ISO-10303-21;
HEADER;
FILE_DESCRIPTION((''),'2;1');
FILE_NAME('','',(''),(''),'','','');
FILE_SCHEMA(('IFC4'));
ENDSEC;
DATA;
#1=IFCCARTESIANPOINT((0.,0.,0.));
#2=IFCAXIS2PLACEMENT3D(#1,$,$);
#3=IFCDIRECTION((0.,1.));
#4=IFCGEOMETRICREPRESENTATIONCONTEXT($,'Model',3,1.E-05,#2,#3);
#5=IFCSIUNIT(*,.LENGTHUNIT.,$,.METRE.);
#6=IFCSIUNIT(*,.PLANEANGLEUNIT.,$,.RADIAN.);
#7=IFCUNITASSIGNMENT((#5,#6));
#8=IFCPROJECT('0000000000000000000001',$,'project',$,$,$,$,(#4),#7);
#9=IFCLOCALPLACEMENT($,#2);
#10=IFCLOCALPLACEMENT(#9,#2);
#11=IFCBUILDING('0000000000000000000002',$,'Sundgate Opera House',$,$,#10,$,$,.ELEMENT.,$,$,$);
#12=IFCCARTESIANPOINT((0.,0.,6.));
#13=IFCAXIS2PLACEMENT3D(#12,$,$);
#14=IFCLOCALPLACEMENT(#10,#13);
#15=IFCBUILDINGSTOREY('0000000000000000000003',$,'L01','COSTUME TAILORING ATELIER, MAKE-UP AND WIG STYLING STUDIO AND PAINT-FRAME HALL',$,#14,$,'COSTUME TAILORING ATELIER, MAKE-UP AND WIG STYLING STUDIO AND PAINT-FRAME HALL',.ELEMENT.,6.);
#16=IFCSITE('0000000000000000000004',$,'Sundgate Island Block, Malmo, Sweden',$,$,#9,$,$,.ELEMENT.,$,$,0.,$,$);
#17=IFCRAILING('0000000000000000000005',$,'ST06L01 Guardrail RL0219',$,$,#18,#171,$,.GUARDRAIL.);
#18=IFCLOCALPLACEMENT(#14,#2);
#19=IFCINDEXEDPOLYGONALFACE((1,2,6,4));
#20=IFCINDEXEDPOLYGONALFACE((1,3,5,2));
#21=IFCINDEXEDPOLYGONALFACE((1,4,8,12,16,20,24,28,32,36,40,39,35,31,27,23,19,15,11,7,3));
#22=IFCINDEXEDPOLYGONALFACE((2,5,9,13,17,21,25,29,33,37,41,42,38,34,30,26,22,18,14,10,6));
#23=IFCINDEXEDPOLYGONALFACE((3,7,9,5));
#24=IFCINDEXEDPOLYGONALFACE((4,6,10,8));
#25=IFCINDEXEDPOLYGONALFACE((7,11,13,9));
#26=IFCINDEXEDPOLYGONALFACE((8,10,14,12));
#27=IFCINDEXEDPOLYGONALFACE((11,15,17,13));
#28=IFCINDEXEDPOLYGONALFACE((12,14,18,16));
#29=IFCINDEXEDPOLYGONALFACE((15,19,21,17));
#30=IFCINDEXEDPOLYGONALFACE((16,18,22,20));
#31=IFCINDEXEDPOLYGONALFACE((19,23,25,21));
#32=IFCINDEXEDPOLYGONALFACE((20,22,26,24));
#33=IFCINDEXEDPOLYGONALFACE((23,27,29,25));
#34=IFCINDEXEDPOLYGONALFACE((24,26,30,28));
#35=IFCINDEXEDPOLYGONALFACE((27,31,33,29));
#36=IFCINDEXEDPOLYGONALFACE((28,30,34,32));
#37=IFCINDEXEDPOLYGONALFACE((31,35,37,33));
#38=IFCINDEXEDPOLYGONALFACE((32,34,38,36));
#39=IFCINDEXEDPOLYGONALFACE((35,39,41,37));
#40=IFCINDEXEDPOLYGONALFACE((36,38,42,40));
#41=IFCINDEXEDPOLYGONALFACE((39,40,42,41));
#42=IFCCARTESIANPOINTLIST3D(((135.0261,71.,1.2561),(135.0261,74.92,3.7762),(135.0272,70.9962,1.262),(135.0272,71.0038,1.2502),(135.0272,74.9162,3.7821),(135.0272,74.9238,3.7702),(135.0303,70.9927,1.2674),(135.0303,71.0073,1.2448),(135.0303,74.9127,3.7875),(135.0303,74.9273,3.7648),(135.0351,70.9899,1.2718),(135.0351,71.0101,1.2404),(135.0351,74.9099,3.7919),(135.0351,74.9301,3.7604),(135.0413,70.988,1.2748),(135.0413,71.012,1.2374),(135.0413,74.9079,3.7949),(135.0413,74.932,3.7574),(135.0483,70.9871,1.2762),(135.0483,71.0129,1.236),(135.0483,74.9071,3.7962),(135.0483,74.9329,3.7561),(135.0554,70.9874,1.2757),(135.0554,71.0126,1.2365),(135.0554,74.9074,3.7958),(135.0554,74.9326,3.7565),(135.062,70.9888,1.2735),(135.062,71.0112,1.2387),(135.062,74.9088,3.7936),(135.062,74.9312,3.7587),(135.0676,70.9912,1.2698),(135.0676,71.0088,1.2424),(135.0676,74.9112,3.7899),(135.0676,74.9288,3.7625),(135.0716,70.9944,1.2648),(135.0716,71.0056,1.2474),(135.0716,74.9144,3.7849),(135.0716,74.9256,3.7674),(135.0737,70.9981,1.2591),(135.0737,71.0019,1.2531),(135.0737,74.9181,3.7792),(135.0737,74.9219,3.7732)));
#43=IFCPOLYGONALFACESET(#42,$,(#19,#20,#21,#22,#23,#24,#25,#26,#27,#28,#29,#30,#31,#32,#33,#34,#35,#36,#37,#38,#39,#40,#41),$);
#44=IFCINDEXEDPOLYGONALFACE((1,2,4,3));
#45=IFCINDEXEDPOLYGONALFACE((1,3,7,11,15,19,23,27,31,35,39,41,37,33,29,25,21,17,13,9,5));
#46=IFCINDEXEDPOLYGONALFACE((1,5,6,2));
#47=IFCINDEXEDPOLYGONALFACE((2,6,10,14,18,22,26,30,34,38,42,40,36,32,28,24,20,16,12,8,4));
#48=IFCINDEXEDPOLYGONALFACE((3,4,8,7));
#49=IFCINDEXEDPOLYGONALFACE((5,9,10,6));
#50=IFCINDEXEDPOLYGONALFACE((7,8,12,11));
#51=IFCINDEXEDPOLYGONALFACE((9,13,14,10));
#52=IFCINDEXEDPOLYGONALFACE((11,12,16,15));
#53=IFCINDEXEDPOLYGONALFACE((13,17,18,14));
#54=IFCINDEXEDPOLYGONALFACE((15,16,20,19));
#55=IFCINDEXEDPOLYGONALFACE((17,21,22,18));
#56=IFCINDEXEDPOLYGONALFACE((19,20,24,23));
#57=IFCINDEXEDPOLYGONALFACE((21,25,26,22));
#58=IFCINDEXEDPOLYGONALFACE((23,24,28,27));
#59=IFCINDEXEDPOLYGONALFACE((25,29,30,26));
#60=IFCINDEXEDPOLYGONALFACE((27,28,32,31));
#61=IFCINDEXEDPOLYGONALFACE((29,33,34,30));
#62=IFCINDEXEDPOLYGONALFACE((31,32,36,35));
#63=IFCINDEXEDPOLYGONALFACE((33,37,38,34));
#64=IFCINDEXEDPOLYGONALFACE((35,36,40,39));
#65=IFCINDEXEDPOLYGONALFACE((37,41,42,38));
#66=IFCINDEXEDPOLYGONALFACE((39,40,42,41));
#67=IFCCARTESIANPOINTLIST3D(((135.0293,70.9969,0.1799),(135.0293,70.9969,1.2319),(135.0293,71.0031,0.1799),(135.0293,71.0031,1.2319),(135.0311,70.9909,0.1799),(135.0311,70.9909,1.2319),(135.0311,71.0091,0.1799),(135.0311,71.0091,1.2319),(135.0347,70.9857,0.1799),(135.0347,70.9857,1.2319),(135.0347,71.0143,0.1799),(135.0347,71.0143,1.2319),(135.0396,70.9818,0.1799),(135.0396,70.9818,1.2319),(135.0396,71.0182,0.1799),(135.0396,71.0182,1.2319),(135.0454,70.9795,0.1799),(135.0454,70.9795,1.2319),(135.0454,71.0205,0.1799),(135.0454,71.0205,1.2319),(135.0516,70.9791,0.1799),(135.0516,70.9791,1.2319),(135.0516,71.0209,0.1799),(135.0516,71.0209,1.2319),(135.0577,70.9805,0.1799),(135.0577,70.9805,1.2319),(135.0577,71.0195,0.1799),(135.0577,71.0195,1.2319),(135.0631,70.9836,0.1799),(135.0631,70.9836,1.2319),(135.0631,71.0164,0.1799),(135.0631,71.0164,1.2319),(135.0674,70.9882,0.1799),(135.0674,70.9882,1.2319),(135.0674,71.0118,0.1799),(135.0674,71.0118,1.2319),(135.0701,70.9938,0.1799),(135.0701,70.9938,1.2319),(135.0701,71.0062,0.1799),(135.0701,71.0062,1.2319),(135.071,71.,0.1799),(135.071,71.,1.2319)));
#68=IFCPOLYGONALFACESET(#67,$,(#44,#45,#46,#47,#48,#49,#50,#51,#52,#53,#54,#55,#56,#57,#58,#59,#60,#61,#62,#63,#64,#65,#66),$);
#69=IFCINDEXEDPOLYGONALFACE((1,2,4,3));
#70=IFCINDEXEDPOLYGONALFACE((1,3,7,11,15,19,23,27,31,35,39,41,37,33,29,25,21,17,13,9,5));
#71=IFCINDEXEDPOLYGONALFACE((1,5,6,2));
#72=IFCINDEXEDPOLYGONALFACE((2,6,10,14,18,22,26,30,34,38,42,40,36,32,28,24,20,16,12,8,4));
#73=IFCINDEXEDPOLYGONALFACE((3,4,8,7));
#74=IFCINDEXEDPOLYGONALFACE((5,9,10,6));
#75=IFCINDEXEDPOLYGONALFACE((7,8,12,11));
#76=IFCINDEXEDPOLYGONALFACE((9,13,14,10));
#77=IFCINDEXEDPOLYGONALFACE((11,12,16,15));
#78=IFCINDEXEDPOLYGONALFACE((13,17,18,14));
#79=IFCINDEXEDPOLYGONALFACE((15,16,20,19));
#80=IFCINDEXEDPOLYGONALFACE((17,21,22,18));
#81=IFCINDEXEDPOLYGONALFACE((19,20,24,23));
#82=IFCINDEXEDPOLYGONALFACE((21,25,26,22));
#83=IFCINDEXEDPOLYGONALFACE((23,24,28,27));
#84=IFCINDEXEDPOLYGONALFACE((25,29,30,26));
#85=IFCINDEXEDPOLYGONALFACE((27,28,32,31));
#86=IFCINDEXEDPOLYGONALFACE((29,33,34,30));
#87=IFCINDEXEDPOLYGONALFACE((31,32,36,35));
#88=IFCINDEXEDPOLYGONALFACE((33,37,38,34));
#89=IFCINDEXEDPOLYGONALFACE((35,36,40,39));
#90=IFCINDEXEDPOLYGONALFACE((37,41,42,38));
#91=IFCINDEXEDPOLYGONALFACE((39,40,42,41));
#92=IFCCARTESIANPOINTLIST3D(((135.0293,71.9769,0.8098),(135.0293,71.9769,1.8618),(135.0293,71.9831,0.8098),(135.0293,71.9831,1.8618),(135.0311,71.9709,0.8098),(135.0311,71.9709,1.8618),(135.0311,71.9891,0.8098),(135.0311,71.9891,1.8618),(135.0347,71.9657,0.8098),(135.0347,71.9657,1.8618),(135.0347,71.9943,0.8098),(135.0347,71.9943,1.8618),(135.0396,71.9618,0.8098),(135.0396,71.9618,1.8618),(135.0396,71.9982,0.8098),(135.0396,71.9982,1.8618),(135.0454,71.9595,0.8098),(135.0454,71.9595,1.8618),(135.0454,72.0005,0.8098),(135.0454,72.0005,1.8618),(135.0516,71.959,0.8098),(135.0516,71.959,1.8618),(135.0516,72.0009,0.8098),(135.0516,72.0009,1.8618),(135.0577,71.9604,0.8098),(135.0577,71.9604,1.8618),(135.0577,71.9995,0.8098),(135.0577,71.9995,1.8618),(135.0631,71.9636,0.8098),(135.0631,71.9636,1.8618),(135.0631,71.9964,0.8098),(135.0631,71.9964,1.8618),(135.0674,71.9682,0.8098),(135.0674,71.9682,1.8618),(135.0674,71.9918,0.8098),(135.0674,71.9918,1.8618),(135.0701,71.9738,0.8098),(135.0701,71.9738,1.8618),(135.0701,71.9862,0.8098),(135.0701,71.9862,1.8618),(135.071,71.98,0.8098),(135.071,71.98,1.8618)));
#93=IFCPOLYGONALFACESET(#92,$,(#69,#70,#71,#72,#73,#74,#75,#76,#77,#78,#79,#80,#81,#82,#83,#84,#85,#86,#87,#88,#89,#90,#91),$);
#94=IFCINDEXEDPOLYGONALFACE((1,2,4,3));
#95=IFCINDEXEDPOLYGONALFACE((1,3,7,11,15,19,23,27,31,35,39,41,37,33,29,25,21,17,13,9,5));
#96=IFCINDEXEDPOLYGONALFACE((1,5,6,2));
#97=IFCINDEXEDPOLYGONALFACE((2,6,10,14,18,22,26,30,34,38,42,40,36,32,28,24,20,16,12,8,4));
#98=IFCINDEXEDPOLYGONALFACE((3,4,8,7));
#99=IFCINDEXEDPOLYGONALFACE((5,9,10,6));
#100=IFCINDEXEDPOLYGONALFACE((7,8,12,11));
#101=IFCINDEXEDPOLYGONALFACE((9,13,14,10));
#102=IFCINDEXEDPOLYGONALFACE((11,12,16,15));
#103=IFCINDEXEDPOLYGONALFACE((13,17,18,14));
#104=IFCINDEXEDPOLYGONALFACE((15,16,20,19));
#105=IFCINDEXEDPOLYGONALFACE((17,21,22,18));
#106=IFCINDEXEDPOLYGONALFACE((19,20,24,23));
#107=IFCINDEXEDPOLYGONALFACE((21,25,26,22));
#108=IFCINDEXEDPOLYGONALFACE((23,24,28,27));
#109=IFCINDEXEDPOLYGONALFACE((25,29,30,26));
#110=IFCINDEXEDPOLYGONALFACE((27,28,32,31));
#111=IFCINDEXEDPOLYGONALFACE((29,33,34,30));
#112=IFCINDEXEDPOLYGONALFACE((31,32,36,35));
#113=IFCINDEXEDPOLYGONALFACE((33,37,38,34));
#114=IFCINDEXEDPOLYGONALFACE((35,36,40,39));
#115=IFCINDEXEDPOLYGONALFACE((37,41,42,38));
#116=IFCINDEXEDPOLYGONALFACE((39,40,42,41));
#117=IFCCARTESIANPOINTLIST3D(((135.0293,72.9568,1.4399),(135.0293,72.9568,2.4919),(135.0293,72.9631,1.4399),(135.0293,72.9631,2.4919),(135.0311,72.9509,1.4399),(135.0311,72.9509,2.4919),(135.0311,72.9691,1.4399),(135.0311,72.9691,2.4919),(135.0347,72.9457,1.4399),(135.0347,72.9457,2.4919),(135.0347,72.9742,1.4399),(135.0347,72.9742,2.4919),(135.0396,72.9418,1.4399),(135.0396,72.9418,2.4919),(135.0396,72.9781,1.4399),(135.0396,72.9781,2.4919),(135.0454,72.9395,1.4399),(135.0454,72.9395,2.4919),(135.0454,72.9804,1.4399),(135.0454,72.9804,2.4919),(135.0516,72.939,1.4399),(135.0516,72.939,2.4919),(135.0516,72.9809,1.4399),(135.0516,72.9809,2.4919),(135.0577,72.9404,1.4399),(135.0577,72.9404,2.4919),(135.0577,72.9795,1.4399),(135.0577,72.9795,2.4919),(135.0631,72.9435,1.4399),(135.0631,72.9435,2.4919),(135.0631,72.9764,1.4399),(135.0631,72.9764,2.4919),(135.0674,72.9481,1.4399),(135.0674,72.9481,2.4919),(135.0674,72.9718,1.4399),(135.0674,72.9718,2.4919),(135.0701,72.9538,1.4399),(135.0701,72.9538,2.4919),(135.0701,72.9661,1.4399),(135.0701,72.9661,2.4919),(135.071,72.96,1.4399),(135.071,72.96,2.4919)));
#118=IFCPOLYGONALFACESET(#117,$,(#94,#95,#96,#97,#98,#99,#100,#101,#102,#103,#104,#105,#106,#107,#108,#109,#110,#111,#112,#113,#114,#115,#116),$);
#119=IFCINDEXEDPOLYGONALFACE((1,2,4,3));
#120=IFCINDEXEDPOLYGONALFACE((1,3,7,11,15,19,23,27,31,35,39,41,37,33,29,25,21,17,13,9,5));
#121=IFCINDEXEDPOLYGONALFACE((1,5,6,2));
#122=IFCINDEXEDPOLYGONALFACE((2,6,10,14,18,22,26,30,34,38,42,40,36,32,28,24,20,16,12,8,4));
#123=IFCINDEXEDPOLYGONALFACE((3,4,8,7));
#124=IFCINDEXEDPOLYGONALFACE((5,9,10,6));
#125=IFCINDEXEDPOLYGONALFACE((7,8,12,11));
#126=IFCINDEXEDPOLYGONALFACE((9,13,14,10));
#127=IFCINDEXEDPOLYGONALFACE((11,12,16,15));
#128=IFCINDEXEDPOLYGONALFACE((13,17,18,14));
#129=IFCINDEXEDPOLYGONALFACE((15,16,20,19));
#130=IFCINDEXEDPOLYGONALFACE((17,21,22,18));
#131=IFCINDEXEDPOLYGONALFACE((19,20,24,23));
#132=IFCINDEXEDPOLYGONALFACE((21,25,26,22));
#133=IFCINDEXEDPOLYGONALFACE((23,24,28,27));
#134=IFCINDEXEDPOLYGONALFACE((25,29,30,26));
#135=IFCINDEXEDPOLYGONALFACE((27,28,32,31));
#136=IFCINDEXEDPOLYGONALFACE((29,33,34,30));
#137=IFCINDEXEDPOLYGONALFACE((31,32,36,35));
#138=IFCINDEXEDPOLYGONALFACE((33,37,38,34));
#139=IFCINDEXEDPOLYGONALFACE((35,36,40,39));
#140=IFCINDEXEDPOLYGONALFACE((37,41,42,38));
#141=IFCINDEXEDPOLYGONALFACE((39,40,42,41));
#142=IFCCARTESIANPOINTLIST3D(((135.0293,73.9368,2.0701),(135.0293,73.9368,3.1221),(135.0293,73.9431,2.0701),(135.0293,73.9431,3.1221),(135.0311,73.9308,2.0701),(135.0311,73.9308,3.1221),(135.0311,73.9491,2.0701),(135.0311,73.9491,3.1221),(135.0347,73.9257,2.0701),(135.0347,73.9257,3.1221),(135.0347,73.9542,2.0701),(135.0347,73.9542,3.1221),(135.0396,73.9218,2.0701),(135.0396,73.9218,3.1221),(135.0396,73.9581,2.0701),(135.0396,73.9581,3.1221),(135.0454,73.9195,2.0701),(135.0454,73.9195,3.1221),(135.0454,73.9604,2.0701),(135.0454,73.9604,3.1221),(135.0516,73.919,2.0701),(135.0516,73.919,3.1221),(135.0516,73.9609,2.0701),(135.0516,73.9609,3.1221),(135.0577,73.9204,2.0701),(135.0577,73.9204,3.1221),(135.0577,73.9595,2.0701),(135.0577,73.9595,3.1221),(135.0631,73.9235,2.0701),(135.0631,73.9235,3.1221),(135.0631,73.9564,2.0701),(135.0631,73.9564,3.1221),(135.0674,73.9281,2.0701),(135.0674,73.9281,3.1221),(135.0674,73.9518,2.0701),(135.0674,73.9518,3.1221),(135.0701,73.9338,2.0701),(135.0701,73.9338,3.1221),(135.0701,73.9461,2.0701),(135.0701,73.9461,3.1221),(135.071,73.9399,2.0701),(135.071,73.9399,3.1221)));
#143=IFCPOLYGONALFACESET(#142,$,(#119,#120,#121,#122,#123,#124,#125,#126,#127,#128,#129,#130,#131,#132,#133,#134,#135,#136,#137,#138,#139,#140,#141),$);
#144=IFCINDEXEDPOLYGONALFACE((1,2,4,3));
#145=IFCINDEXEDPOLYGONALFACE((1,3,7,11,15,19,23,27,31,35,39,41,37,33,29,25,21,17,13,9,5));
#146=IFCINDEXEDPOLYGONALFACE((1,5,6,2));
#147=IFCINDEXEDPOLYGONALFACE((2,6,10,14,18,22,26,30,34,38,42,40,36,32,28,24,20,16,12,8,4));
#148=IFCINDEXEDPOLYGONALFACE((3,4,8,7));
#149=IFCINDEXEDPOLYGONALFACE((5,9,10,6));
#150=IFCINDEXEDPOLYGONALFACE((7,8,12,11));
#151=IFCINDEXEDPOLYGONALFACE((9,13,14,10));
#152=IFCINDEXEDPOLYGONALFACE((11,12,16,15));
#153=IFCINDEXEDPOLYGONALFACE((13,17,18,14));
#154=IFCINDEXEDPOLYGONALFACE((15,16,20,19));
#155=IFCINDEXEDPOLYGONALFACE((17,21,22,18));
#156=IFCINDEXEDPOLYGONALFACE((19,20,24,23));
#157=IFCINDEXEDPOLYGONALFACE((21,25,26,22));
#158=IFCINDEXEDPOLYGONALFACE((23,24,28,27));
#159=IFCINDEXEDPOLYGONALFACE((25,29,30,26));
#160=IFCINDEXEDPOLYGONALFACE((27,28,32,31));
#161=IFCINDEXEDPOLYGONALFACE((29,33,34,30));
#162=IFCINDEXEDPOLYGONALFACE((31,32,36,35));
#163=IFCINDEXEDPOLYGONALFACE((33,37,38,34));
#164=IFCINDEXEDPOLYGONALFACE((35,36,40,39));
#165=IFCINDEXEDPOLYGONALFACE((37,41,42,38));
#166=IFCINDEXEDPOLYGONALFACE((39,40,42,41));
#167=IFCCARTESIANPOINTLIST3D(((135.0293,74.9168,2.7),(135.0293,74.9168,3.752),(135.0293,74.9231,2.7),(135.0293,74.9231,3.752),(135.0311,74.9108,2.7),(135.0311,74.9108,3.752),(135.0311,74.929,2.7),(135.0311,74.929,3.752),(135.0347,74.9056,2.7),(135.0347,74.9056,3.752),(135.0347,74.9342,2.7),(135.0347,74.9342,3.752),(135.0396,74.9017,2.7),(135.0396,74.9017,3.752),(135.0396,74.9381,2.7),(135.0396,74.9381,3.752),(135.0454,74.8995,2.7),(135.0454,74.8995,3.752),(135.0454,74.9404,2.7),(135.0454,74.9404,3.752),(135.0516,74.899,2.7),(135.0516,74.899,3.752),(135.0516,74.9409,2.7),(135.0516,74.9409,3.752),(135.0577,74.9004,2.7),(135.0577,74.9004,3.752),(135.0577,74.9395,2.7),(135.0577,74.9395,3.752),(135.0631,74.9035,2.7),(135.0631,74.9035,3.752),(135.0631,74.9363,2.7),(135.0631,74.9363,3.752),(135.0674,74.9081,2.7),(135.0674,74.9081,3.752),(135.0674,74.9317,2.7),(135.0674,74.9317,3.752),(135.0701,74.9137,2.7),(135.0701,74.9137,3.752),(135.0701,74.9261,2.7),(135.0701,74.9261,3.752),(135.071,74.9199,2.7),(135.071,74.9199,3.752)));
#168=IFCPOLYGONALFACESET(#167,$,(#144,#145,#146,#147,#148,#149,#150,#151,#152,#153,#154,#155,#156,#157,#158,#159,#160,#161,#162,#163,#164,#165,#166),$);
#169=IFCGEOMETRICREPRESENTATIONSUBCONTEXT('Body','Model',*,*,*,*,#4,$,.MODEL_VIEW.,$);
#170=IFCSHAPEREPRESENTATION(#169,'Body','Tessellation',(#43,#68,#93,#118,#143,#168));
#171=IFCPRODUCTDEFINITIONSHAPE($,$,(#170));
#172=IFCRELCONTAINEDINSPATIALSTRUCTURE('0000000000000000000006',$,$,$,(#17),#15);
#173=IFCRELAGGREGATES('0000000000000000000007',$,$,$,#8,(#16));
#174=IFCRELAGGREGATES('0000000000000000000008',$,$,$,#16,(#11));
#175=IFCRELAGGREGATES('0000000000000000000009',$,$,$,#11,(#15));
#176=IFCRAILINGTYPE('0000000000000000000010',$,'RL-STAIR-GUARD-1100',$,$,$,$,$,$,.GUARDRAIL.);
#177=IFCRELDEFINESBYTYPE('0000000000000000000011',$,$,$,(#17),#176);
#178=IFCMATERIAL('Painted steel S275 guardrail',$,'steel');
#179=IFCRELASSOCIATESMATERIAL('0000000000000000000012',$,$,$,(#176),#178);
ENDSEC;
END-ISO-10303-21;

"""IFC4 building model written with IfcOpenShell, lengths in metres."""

from ifc_helpers import new_model, si_unit, direction, frame, origin, origin_2d, place, context, subcontext, project, spatial, circle, extrude, material, type_object, element, save


model = new_model("IFC4")

# Units and contexts
model_context = context("Model", 3, precision=1e-05, world=origin(), true_north=direction((0.0, 1.0)))
body_context = subcontext(model_context, "Body", "Model", "MODEL_VIEW")
ifc_project = project(units=[si_unit("LENGTHUNIT", "METRE"), si_unit("PLANEANGLEUNIT", "RADIAN")], contexts=[model_context])

# Site, building, storey
site_placement = place(None, origin())
site = spatial("IfcSite", under=ifc_project, at=site_placement, Name="Sundgate Island Block, Malmo, Sweden", CompositionType="ELEMENT", RefElevation=0.0)
building_placement = place(site_placement, origin())
building = spatial("IfcBuilding", under=site, at=building_placement, Name="Sundgate Opera House", CompositionType="ELEMENT")
storey_placement = place(building_placement, frame((0.0, 0.0, 6.0)))
storey = spatial("IfcBuildingStorey", under=building, at=storey_placement, Name="L01", Description="COSTUME TAILORING ATELIER, MAKE-UP AND WIG STYLING STUDIO AND PAINT-FRAME HALL", LongName="COSTUME TAILORING ATELIER, MAKE-UP AND WIG STYLING STUDIO AND PAINT-FRAME HALL", CompositionType="ELEMENT", Elevation=6.0)

# Railing
ifc_material_1 = material(Name="Painted steel S275 guardrail", Category="steel")
railing_type_1 = type_object("IfcRailingType", Name="RL-STAIR-GUARD-1100", PredefinedType="GUARDRAIL", material=ifc_material_1)
railing_1_placement = place(storey_placement, frame((135.05, 71.0, 0.1799)))
element("IfcRailing", 1, at=railing_1_placement, inside=storey, type_object=railing_type_1, Name="ST06L01 Guardrail RL0219", PredefinedType="GUARDRAIL", context=body_context, shape_type="SweptSolid", body=[
    extrude(circle(Radius=0.0239, at=origin_2d()), frame((0.0, 0.0, 1.0762), z_axis=(0.0, 0.841172, 0.540768), x_axis=(-1.0, 0.0, 0.0)), (0.0, 0.0, 1.0), 4.6602),
    extrude(circle(Radius=0.021, at=origin_2d()), origin(), (0.0, 0.0, 1.0), 1.052),
    extrude(circle(Radius=0.021, at=origin_2d()), frame((0.0, 0.98, 0.6299)), (0.0, 0.0, 1.0), 1.052),
    extrude(circle(Radius=0.021, at=origin_2d()), frame((0.0, 1.96, 1.26)), (0.0, 0.0, 1.0), 1.052),
    extrude(circle(Radius=0.021, at=origin_2d()), frame((0.0, 2.9399, 1.8901)), (0.0, 0.0, 1.0), 1.052),
    extrude(circle(Radius=0.021, at=origin_2d()), frame((0.0, 3.9199, 2.52)), (0.0, 0.0, 1.0), 1.052),
])

save(model, "model.ifc")
